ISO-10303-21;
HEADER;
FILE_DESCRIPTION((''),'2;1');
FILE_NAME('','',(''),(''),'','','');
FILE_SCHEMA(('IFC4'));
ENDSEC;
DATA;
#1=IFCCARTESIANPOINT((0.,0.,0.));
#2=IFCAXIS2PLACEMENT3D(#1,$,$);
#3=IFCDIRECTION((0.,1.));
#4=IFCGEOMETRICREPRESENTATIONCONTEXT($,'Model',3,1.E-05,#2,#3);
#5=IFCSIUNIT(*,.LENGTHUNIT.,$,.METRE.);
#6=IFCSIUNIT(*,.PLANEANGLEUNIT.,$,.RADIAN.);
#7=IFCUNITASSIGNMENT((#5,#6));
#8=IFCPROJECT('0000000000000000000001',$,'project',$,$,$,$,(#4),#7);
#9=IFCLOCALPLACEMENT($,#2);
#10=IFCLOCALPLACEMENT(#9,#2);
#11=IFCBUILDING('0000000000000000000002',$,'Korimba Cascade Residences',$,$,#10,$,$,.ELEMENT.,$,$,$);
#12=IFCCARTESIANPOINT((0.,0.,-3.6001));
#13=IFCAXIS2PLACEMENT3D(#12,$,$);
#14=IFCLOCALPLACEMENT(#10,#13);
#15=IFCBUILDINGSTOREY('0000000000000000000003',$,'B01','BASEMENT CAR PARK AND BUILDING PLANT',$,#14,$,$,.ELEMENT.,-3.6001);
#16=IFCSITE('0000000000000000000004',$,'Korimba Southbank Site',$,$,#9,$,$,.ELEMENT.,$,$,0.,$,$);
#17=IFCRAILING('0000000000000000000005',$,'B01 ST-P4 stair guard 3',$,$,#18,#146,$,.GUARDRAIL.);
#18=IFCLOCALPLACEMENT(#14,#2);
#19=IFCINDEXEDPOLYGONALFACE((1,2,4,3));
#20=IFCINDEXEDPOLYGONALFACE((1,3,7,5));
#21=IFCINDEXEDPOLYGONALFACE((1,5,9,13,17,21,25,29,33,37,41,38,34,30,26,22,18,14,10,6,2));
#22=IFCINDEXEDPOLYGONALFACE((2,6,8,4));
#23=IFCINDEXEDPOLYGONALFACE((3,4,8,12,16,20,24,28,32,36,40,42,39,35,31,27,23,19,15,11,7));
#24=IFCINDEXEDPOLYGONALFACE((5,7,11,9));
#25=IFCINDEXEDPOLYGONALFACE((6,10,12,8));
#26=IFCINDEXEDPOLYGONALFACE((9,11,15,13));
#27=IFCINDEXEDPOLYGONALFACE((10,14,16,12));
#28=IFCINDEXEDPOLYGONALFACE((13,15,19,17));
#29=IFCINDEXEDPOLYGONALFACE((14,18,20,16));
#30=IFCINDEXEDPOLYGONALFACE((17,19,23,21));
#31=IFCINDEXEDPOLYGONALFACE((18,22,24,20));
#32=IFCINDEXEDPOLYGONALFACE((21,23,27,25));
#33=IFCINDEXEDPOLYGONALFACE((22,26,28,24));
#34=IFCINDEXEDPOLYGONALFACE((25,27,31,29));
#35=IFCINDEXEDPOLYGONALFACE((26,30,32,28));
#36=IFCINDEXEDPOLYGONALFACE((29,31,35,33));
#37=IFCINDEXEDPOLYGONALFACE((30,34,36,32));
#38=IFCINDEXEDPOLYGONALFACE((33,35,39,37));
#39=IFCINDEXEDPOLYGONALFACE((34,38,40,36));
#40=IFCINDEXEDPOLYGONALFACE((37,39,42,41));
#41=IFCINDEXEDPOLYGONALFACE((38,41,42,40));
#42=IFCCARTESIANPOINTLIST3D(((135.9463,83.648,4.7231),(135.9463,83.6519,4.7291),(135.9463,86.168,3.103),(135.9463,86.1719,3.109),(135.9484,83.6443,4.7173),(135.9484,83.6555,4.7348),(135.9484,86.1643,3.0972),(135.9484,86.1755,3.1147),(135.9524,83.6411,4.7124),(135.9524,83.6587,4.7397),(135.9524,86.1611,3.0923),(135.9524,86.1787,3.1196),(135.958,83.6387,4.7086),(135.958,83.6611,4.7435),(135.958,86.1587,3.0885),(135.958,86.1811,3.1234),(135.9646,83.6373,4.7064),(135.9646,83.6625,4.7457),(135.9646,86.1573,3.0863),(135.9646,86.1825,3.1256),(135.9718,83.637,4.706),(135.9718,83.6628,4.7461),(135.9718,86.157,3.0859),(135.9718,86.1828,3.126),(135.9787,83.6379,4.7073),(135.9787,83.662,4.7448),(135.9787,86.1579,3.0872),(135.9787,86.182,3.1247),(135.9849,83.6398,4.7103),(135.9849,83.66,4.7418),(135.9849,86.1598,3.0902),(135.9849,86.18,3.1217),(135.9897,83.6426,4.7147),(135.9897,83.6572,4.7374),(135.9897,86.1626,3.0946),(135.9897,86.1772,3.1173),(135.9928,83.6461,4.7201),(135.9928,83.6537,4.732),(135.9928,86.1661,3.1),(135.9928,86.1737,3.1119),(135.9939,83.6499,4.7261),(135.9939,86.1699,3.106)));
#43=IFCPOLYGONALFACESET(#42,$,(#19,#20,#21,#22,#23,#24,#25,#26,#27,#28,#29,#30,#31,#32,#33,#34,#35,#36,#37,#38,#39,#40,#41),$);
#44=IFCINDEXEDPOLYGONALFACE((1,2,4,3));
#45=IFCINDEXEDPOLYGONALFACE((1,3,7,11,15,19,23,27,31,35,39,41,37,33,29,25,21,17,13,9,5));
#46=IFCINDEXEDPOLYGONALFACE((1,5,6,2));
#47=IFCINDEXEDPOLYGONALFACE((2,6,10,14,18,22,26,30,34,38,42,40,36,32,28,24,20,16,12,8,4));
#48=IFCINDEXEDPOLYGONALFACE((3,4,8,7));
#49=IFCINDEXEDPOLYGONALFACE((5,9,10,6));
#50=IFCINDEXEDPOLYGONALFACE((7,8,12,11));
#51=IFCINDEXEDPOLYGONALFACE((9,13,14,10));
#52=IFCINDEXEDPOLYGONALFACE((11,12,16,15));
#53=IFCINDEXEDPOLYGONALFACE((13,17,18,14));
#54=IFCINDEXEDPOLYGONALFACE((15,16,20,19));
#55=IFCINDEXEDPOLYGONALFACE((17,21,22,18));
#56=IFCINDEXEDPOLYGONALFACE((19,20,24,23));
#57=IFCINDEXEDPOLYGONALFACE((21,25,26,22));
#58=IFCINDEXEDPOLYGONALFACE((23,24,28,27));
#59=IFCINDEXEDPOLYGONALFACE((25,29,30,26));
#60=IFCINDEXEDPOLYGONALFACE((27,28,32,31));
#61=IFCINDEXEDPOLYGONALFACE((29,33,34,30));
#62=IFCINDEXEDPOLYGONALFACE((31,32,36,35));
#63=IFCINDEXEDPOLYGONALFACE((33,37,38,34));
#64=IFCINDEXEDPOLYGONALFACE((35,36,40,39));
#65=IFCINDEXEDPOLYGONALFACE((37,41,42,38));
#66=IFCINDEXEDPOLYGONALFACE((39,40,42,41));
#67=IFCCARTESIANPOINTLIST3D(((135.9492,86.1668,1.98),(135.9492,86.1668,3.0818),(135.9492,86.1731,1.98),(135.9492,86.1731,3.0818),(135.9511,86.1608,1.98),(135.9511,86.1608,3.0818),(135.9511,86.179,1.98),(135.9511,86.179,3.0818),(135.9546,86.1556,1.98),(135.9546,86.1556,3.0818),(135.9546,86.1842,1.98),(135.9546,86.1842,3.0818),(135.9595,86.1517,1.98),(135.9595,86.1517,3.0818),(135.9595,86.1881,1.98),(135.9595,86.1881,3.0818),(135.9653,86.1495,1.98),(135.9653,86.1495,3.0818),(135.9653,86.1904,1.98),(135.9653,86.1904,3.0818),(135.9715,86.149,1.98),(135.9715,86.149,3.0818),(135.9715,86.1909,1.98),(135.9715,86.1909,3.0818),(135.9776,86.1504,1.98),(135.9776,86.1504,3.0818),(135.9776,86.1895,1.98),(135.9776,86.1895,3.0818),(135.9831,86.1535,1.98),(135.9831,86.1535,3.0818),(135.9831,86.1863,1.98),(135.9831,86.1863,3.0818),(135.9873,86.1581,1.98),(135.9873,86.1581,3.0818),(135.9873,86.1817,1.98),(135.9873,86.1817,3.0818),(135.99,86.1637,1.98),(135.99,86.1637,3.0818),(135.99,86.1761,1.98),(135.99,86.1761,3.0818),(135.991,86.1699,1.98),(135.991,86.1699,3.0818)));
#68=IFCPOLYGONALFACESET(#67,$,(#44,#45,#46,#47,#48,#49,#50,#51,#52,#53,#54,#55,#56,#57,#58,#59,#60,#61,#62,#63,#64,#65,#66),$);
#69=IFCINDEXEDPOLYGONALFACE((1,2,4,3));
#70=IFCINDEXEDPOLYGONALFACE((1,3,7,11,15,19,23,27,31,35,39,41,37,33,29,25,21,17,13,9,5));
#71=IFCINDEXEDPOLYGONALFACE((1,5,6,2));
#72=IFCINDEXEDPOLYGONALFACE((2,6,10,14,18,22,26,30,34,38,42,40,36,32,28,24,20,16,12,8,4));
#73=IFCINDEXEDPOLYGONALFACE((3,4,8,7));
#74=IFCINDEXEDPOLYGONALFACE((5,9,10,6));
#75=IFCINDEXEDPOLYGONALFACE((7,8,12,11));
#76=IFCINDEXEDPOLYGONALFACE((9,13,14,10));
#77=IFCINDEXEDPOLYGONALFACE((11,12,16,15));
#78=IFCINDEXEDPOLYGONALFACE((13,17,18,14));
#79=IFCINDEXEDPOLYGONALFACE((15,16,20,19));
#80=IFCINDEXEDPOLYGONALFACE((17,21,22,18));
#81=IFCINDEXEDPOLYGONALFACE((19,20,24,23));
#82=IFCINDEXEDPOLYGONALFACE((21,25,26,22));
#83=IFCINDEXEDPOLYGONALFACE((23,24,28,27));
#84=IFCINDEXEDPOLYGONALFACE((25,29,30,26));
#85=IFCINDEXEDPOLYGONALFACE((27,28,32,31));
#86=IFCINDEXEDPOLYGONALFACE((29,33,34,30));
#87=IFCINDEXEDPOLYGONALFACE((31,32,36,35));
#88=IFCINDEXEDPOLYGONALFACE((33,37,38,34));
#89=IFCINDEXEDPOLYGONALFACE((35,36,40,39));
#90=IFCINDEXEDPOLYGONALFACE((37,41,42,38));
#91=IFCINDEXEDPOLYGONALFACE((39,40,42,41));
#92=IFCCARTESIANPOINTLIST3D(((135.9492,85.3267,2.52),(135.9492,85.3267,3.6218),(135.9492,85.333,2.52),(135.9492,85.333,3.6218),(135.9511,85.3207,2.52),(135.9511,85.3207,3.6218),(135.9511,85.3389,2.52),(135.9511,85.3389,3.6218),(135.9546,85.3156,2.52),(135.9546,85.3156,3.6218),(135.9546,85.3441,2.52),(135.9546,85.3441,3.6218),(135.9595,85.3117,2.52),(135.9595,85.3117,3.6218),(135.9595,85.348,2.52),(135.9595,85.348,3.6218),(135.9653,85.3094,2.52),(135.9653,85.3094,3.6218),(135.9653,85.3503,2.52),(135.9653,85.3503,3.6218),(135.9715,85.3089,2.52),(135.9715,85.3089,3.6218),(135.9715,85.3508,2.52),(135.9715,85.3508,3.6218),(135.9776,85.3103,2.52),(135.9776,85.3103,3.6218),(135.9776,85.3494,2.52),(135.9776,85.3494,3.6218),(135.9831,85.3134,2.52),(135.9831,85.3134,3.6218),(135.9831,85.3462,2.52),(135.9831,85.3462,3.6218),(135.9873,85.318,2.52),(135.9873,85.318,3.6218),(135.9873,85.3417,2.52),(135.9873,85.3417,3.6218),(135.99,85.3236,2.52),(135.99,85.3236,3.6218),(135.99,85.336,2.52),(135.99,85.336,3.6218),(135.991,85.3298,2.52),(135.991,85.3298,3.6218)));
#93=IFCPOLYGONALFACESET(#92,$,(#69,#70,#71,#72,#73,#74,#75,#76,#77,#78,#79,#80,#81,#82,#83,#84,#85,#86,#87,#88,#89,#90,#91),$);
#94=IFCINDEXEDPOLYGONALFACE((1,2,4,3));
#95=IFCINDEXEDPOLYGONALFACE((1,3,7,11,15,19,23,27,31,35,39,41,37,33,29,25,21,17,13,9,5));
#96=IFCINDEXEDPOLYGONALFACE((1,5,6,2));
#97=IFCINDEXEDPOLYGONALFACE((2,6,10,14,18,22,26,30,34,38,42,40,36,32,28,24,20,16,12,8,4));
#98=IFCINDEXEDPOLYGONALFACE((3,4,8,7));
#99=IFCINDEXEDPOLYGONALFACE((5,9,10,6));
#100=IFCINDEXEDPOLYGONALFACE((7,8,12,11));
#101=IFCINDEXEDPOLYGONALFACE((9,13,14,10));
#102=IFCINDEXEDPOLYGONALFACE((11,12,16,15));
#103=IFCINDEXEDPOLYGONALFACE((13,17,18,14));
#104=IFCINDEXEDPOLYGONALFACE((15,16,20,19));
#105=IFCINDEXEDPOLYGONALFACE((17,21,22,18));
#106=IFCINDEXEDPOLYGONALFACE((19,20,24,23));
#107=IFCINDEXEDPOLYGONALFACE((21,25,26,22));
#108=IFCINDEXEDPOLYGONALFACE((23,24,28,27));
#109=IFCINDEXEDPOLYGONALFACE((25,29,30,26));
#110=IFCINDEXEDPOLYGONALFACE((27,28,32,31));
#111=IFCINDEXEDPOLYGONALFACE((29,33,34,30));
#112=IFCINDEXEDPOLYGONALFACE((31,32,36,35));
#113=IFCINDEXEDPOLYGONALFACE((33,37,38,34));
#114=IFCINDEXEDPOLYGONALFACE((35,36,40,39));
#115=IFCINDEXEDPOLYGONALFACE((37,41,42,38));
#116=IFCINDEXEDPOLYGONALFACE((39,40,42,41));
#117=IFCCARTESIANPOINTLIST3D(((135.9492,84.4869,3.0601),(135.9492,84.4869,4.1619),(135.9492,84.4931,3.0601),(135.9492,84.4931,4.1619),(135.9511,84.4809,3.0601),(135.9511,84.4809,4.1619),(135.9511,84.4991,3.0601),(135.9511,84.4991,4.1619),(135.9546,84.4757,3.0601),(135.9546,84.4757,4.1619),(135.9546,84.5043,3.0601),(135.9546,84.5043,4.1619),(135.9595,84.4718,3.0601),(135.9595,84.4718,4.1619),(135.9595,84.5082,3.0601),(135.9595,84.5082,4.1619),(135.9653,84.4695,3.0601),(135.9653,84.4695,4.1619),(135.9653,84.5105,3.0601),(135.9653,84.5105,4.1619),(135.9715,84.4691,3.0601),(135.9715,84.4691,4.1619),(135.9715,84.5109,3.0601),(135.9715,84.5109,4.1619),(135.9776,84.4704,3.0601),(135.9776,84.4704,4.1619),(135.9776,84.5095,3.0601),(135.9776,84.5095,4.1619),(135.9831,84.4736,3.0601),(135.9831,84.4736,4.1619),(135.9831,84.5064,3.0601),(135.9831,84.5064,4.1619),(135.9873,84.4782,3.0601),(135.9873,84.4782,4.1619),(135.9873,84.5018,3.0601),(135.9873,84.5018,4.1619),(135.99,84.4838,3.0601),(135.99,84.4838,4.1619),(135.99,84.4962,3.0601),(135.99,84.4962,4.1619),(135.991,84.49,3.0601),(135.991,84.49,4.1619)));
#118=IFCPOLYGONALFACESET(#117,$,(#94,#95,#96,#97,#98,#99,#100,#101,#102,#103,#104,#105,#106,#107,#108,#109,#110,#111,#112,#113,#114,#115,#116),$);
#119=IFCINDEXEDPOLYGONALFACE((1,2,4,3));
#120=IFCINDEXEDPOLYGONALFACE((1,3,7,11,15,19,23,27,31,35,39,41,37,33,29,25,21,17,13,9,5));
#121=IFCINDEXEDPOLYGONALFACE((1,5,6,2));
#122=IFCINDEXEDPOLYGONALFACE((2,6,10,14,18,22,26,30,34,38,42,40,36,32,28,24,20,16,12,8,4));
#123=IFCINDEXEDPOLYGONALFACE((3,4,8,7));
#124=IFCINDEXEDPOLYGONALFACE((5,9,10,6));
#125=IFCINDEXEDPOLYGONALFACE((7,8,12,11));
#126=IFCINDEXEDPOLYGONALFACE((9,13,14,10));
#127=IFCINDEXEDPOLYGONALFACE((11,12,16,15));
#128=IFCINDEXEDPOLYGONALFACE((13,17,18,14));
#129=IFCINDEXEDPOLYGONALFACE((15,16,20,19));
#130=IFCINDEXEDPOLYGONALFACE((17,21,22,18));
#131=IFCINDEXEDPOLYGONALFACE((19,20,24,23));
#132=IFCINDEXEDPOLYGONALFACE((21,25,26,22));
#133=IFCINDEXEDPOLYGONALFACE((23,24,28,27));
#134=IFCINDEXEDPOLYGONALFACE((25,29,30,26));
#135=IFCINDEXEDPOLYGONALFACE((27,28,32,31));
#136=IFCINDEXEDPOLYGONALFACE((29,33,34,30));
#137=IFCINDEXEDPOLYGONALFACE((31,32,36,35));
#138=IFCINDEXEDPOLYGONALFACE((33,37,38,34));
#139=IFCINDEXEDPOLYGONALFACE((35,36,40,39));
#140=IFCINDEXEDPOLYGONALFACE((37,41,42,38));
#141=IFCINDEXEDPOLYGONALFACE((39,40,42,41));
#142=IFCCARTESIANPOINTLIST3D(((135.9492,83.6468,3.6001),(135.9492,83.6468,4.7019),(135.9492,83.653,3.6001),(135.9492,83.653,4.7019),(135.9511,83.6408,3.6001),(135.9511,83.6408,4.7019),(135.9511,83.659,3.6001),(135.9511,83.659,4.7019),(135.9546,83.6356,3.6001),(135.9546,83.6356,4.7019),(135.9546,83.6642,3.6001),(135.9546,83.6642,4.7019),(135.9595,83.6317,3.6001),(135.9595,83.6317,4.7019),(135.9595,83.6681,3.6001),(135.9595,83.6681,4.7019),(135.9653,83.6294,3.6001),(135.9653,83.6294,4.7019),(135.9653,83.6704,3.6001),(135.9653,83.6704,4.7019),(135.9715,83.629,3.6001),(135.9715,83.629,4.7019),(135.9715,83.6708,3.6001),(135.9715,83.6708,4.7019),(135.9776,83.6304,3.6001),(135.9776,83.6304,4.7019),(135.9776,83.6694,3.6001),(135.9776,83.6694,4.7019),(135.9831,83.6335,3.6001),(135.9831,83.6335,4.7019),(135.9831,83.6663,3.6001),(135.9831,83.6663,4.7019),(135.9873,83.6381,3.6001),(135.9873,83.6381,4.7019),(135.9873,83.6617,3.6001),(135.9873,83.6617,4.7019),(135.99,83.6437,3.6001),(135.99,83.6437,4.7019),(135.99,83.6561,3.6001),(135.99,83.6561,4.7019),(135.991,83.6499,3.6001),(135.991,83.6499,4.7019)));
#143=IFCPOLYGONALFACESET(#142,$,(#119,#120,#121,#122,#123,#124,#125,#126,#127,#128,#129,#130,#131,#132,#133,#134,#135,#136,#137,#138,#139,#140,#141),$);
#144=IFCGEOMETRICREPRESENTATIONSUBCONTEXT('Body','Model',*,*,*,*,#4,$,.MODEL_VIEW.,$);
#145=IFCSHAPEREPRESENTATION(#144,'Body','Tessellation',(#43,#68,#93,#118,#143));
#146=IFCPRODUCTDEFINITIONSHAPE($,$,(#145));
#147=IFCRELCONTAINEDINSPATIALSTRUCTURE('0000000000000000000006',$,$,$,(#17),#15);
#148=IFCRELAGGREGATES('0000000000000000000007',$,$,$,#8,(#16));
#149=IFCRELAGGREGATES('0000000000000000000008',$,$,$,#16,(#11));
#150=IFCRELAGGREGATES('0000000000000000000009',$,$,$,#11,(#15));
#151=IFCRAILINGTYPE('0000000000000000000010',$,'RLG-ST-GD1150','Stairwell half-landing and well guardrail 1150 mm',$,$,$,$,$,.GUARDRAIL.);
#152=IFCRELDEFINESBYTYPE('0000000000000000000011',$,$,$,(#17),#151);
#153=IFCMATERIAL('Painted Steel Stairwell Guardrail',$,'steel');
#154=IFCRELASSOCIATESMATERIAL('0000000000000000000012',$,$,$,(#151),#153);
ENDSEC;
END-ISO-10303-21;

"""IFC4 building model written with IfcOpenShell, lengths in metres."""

from ifc_helpers import new_model, si_unit, direction, frame, origin, origin_2d, place, context, subcontext, project, spatial, circle, extrude, material, type_object, element, save


model = new_model("IFC4")

# Units and contexts
model_context = context("Model", 3, precision=1e-05, world=origin(), true_north=direction((0.0, 1.0)))
body_context = subcontext(model_context, "Body", "Model", "MODEL_VIEW")
ifc_project = project(units=[si_unit("LENGTHUNIT", "METRE"), si_unit("PLANEANGLEUNIT", "RADIAN")], contexts=[model_context])

# Site, building, storey
site_placement = place(None, origin())
site = spatial("IfcSite", under=ifc_project, at=site_placement, Name="Korimba Southbank Site", CompositionType="ELEMENT", RefElevation=0.0)
building_placement = place(site_placement, origin())
building = spatial("IfcBuilding", under=site, at=building_placement, Name="Korimba Cascade Residences", CompositionType="ELEMENT")
storey_placement = place(building_placement, frame((0.0, 0.0, -3.6001)))
storey = spatial("IfcBuildingStorey", under=building, at=storey_placement, Name="B01", Description="BASEMENT CAR PARK AND BUILDING PLANT", CompositionType="ELEMENT", Elevation=-3.6001)

# Railing
ifc_material_1 = material(Name="Painted Steel Stairwell Guardrail", Category="steel")
railing_type_1 = type_object("IfcRailingType", Name="RLG-ST-GD1150", Description="Stairwell half-landing and well guardrail 1150 mm", PredefinedType="GUARDRAIL", material=ifc_material_1)
railing_1_placement = place(storey_placement, frame((135.97, 86.1699, 1.98)))
element("IfcRailing", 1, at=railing_1_placement, inside=storey, type_object=railing_type_1, Name="B01 ST-P4 stair guard 3", PredefinedType="GUARDRAIL", context=body_context, shape_type="SweptSolid", body=[
    extrude(circle(Radius=0.0239, at=origin_2d()), frame((0.0, 0.0, 1.126), z_axis=(0.0, -0.841163, 0.540782), x_axis=(1.0, 0.0, 0.0)), (0.0, 0.0, 1.0), 2.9958),
    extrude(circle(Radius=0.021, at=origin_2d()), origin(), (0.0, 0.0, 1.0), 1.1018),
    extrude(circle(Radius=0.021, at=origin_2d()), frame((0.0, -0.8401, 0.54)), (0.0, 0.0, 1.0), 1.1018),
    extrude(circle(Radius=0.021, at=origin_2d()), frame((0.0, -1.6799, 1.0801)), (0.0, 0.0, 1.0), 1.1018),
    extrude(circle(Radius=0.021, at=origin_2d()), frame((0.0, -2.52, 1.6201)), (0.0, 0.0, 1.0), 1.1018),
])

save(model, "model.ifc")
